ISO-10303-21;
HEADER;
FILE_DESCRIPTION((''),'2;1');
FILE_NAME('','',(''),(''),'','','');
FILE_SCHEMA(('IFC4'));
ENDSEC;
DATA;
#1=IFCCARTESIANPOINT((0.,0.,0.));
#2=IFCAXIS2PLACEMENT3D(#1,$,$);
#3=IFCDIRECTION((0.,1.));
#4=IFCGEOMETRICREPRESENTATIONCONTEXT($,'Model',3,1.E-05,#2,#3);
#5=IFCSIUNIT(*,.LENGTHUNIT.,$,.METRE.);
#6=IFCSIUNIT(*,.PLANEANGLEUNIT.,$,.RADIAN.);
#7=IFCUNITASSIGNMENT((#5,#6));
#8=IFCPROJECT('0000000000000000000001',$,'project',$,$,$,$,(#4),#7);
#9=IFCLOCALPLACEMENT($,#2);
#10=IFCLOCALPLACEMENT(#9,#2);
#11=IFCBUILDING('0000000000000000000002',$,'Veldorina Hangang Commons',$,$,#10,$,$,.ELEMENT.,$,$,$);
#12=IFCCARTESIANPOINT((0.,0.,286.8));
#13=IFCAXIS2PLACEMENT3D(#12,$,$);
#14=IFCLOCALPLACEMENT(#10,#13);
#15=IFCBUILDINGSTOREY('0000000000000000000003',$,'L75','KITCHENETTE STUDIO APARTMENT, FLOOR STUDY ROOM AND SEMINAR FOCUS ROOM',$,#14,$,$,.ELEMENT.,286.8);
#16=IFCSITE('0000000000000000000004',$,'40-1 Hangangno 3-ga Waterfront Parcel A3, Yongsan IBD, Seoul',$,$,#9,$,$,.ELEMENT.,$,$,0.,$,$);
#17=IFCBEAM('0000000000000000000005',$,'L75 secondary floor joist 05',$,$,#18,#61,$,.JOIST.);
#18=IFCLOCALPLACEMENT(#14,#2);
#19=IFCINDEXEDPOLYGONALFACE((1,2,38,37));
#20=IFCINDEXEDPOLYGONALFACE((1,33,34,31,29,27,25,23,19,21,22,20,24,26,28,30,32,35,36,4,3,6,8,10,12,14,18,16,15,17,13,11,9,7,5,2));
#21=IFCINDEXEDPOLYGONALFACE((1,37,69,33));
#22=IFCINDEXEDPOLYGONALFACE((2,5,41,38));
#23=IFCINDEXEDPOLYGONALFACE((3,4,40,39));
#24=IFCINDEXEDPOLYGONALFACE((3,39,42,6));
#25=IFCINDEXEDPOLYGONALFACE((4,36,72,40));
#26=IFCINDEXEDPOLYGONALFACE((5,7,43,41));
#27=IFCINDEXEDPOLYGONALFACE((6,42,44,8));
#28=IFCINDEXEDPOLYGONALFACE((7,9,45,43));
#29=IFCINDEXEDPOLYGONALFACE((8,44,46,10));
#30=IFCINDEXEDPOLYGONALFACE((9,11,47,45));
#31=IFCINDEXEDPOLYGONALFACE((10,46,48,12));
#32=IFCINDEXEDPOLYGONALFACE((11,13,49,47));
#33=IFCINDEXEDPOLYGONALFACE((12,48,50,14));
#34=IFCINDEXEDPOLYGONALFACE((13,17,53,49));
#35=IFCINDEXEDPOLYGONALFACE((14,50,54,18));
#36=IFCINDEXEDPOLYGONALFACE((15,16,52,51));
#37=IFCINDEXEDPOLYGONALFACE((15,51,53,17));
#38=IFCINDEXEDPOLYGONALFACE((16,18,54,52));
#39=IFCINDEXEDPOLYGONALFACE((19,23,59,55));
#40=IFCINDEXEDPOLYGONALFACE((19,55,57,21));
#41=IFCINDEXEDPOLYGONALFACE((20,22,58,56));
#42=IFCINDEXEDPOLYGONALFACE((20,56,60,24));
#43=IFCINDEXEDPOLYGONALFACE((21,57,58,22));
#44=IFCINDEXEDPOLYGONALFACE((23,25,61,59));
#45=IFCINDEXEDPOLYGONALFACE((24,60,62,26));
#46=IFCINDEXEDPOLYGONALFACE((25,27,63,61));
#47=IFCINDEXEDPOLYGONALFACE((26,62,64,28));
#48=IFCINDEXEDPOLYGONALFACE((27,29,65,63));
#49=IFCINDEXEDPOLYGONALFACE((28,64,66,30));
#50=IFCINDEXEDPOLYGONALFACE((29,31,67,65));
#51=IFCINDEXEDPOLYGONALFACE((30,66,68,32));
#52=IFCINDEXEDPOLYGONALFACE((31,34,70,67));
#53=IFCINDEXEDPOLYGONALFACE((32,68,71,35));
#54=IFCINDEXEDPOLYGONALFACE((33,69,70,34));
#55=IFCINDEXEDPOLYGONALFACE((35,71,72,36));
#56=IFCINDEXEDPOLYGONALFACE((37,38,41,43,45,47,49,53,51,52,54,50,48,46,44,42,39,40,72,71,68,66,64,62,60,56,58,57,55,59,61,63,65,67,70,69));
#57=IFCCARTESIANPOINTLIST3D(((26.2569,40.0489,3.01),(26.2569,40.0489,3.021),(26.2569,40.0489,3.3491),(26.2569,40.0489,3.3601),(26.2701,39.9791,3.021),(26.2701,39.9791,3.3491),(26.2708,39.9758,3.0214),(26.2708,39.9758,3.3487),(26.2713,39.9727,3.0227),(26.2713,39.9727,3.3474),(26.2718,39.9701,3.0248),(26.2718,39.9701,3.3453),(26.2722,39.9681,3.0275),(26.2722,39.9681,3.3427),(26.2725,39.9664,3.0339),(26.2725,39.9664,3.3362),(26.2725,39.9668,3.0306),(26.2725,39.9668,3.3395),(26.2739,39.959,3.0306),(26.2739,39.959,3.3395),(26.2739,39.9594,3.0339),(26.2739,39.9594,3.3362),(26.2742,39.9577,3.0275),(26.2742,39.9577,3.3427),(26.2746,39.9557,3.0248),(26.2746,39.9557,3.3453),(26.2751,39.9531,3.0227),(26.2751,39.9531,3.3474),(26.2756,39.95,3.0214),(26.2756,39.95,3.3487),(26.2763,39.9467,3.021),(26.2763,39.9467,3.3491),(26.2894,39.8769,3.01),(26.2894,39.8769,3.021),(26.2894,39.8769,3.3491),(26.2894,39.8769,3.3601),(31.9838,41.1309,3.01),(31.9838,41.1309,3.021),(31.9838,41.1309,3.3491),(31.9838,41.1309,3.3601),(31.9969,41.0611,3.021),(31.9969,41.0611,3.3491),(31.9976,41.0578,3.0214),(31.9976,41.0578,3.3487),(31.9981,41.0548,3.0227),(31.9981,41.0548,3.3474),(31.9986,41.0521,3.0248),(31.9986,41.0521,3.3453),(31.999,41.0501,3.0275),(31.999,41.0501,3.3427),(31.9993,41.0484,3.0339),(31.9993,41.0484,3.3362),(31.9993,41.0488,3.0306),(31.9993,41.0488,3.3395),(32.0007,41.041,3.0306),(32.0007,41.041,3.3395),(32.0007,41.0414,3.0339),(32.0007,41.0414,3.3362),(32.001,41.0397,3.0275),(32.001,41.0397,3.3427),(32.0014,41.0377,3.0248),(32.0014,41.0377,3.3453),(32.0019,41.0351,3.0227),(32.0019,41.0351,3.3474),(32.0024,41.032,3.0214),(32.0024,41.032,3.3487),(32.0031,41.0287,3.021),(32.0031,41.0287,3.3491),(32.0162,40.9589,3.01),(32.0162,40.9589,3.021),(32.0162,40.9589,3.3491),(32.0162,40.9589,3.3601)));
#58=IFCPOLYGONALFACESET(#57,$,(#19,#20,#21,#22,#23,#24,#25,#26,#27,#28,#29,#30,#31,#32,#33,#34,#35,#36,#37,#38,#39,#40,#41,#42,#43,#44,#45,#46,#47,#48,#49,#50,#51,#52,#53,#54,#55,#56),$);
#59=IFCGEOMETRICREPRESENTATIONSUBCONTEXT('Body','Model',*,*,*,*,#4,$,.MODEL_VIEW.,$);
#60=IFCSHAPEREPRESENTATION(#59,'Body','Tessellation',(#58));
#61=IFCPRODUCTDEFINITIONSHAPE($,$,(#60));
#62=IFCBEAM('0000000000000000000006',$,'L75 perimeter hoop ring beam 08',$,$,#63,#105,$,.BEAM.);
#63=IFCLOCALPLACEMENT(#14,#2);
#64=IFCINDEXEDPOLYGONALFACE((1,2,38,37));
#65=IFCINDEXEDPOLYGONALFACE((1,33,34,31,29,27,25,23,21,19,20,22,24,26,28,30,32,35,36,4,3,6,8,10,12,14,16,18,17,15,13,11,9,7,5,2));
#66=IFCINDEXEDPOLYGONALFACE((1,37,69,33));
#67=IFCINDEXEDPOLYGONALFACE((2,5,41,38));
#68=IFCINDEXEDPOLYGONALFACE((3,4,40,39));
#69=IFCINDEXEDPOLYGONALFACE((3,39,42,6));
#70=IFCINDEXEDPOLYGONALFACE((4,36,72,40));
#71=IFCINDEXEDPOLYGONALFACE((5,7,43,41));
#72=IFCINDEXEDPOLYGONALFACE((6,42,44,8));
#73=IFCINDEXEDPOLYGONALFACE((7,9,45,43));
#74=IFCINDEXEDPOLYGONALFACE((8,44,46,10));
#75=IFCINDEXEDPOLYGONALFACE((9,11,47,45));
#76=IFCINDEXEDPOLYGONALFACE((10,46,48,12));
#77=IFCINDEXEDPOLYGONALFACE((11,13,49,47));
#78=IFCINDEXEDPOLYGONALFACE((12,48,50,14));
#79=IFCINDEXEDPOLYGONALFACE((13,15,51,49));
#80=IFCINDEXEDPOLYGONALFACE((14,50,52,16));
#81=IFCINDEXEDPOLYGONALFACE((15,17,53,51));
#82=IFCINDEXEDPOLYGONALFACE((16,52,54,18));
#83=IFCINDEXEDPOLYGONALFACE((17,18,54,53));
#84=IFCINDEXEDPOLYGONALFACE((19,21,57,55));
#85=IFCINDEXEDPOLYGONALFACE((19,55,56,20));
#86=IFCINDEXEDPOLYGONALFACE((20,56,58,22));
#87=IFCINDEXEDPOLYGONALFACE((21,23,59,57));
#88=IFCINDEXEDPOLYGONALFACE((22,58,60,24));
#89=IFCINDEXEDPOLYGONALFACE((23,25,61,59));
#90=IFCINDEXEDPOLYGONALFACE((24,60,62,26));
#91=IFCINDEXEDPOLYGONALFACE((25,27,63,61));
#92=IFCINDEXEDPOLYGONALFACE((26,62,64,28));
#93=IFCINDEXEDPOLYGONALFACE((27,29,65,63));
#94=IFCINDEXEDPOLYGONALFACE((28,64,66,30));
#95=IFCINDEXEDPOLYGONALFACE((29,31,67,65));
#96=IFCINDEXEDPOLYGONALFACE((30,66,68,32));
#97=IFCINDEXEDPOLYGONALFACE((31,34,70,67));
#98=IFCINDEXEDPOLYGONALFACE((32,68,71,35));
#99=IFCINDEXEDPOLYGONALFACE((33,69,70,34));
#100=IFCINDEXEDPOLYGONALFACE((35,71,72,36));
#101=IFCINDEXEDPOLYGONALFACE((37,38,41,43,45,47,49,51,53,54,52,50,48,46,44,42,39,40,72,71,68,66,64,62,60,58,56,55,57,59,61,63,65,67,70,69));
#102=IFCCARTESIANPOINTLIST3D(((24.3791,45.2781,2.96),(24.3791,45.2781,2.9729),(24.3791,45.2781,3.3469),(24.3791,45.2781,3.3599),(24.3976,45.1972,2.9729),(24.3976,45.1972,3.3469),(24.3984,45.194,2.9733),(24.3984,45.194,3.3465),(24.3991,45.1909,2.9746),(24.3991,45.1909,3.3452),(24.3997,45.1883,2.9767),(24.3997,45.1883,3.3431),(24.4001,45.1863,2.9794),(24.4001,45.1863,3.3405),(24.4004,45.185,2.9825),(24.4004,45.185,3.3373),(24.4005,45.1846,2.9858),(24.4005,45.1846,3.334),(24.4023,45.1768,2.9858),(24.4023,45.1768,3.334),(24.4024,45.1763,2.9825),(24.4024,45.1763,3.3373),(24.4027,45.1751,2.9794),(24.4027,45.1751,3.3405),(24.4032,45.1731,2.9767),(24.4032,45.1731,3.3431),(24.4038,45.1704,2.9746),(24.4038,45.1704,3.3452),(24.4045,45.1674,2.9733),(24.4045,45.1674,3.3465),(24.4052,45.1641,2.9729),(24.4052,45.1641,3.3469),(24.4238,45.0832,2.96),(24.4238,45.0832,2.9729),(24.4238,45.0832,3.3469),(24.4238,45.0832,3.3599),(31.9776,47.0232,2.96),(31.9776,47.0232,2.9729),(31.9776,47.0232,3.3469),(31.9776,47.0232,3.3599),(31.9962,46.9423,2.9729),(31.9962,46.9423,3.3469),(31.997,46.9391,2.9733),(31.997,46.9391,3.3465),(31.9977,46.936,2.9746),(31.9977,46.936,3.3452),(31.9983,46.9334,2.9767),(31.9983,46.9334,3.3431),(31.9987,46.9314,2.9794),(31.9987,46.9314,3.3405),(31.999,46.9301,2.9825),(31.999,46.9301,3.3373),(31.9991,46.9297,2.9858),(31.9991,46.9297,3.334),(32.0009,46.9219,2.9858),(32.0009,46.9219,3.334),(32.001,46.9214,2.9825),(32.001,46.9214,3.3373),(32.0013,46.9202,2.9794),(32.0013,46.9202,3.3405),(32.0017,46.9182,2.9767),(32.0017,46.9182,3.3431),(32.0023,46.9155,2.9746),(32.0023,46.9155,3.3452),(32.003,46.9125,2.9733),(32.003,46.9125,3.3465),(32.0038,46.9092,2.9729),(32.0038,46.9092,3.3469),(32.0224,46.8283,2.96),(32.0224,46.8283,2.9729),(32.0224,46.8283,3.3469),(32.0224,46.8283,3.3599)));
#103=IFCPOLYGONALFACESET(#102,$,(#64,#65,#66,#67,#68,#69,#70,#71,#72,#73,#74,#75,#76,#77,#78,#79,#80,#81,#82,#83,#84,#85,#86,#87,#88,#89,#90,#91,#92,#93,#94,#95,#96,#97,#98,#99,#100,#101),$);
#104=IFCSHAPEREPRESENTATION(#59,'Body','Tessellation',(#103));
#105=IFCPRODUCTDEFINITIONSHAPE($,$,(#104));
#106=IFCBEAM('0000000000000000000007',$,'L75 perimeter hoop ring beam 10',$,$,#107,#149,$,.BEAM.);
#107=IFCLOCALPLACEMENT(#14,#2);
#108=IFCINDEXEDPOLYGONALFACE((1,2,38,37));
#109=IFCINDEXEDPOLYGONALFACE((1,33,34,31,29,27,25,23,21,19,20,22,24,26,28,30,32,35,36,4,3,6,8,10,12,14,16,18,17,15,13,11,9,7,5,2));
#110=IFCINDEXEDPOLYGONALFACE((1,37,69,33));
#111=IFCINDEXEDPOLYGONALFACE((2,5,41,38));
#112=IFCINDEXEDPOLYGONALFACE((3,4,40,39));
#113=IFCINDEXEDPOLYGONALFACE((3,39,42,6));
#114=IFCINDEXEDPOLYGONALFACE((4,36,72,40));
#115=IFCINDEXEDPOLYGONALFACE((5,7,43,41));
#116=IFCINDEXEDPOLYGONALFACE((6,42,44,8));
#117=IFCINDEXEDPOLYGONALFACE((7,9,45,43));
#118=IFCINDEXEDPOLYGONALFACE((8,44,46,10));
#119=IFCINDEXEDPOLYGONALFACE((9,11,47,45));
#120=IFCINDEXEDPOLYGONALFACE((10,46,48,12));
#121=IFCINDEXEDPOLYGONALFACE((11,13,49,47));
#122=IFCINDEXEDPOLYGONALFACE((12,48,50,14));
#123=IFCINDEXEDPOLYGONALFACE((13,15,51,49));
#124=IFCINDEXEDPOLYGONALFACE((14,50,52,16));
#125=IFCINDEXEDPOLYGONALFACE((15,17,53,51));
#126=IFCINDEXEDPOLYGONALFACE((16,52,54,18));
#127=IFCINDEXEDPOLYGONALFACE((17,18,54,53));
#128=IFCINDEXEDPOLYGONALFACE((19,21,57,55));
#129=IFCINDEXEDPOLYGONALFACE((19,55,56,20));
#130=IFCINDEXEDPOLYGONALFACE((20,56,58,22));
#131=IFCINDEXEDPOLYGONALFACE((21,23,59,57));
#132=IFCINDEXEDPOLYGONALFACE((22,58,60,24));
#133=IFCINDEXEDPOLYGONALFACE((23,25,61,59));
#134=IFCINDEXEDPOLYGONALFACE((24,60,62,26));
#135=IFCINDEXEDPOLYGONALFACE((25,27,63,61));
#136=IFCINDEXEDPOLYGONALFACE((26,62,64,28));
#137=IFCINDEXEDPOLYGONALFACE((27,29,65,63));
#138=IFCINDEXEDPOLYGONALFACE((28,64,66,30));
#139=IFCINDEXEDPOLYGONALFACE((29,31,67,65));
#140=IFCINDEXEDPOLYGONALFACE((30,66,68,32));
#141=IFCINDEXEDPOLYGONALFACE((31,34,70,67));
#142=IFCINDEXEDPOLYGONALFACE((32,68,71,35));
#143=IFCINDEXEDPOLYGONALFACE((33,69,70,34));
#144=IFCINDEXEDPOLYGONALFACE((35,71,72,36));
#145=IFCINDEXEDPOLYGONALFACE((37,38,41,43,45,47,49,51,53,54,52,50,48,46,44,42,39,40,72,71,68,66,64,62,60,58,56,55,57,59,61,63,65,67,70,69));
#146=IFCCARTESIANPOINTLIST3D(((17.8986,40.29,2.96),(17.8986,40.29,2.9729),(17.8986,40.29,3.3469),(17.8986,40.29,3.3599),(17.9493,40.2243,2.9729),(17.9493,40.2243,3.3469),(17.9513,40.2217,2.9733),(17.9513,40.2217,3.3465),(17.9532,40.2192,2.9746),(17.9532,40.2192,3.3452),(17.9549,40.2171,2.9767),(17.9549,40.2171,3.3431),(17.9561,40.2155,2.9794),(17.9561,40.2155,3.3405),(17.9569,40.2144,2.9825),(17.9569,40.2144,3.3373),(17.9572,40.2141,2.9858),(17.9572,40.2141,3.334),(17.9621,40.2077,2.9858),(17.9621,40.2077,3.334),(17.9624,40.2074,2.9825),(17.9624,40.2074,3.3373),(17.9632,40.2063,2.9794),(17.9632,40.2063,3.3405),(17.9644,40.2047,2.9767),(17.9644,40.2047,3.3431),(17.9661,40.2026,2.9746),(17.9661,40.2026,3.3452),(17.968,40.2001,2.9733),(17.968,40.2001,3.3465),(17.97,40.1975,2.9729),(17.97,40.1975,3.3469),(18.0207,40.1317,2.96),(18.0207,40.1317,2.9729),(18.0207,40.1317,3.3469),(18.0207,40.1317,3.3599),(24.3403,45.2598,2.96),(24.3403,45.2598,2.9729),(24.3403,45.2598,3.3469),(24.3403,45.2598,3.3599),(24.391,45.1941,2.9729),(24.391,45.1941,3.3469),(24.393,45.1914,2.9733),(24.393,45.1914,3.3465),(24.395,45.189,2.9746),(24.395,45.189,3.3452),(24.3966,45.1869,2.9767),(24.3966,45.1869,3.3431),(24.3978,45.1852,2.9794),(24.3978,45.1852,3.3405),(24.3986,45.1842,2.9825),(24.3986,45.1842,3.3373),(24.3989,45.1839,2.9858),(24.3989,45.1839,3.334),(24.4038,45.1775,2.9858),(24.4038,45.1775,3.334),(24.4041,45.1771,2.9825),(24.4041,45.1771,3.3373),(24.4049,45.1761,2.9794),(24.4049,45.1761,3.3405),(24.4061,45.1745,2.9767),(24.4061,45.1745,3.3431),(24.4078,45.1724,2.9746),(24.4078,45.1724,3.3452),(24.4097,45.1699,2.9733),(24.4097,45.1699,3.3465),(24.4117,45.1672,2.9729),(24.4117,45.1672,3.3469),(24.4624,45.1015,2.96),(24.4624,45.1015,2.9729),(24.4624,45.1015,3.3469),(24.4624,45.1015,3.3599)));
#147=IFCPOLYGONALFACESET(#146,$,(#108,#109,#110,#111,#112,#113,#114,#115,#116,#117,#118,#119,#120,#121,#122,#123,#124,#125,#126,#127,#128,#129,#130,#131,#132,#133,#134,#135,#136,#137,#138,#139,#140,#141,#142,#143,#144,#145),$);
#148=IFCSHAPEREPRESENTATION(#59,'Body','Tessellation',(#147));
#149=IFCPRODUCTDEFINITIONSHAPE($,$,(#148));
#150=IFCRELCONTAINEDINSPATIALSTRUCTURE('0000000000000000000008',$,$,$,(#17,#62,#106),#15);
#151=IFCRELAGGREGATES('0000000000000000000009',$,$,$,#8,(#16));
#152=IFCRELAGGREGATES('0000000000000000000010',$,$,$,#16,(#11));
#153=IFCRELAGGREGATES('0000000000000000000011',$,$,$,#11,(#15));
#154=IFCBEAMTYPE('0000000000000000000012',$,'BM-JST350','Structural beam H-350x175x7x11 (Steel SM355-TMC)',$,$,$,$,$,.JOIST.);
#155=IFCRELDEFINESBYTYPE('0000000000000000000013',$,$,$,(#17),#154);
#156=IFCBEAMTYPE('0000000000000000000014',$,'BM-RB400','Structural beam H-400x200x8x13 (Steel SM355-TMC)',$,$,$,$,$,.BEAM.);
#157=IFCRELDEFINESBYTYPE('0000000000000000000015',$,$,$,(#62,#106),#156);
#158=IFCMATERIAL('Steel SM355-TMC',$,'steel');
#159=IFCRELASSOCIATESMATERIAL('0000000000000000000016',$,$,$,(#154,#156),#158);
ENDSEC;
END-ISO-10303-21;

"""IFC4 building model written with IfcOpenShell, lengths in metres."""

from ifc_helpers import new_model, si_unit, direction, frame, origin, origin_2d, place, context, subcontext, project, spatial, i_section, extrude, material, material_profile, profile_set, type_object, element, save


model = new_model("IFC4")

# Units and contexts
model_context = context("Model", 3, precision=1e-05, world=origin(), true_north=direction((0.0, 1.0)))
body_context = subcontext(model_context, "Body", "Model", "MODEL_VIEW")
ifc_project = project(units=[si_unit("LENGTHUNIT", "METRE"), si_unit("PLANEANGLEUNIT", "RADIAN")], contexts=[model_context])

# Site, building, storey
site_placement = place(None, origin())
site = spatial("IfcSite", under=ifc_project, at=site_placement, Name="40-1 Hangangno 3-ga Waterfront Parcel A3, Yongsan IBD, Seoul", CompositionType="ELEMENT", RefElevation=0.0)
building_placement = place(site_placement, origin())
building = spatial("IfcBuilding", under=site, at=building_placement, Name="Veldorina Hangang Commons", CompositionType="ELEMENT")
storey_placement = place(building_placement, frame((0.0, 0.0, 286.8)))
storey = spatial("IfcBuildingStorey", under=building, at=storey_placement, Name="L75", Description="KITCHENETTE STUDIO APARTMENT, FLOOR STUDY ROOM AND SEMINAR FOCUS ROOM", CompositionType="ELEMENT", Elevation=286.8)

# Beams
ifc_material_1 = material(Name="Steel SM355-TMC", Category="steel")
ifc_material_profile_1 = material_profile(ifc_material_1, i_section(OverallWidth=0.175, OverallDepth=0.3501, WebThickness=0.0071, FlangeThickness=0.011, FilletRadius=0.0129, at=origin_2d()), Name="H-350x175x7x11")
ifc_profile_set_1 = profile_set([ifc_material_profile_1], Name="Steel SM355-TMC")
beam_type_1 = type_object("IfcBeamType", Name="BM-JST350", Description="Structural beam H-350x175x7x11 (Steel SM355-TMC)", PredefinedType="JOIST", material=ifc_profile_set_1)
beam_1_placement = place(storey_placement, frame((32.0, 41.0449, 3.1851), z_axis=(-0.982615, -0.185657, 0.0), x_axis=(0.185657, -0.982615, 0.0)))
element("IfcBeam", 1, at=beam_1_placement, inside=storey, type_object=beam_type_1, Name="L75 secondary floor joist 05", PredefinedType="JOIST", context=body_context, shape_type="SweptSolid", body=[
    extrude(i_section(OverallWidth=0.175, OverallDepth=0.3501, WebThickness=0.0071, FlangeThickness=0.011, FilletRadius=0.0129, at=origin_2d()), origin(), (0.0, 0.0, 1.0), 5.8281),
])
ifc_material_profile_2 = material_profile(ifc_material_1, i_section(OverallWidth=0.2, OverallDepth=0.3999, WebThickness=0.0081, FlangeThickness=0.0129, FilletRadius=0.0129, at=origin_2d()), Name="H-400x200x8x13")
ifc_profile_set_2 = profile_set([ifc_material_profile_2], Name="Steel SM355-TMC")
beam_type_2 = type_object("IfcBeamType", Name="BM-RB400", Description="Structural beam H-400x200x8x13 (Steel SM355-TMC)", PredefinedType="BEAM", material=ifc_profile_set_2)
beam_2_placement = place(storey_placement, frame((32.0, 46.9258, 3.1599), z_axis=(-0.974627, -0.223835, 0.0), x_axis=(0.223835, -0.974627, 0.0)))
element("IfcBeam", 2, at=beam_2_placement, inside=storey, type_object=beam_type_2, Name="L75 perimeter hoop ring beam 08", PredefinedType="BEAM", context=body_context, shape_type="SweptSolid", body=[
    extrude(i_section(OverallWidth=0.2, OverallDepth=0.3999, WebThickness=0.0081, FlangeThickness=0.0129, FilletRadius=0.0129, at=origin_2d()), origin(), (0.0, 0.0, 1.0), 7.7964),
])
beam_3_placement = place(storey_placement, frame((24.4014, 45.1807, 3.1599), z_axis=(-0.791755, -0.610838, 0.0), x_axis=(0.610838, -0.791755, 0.0)))
element("IfcBeam", 3, at=beam_3_placement, inside=storey, type_object=beam_type_2, Name="L75 perimeter hoop ring beam 10", PredefinedType="BEAM", context=body_context, shape_type="SweptSolid", body=[
    extrude(i_section(OverallWidth=0.2, OverallDepth=0.3999, WebThickness=0.0081, FlangeThickness=0.0129, FilletRadius=0.0129, at=origin_2d()), origin(), (0.0, 0.0, 1.0), 8.136),
])

save(model, "model.ifc")
